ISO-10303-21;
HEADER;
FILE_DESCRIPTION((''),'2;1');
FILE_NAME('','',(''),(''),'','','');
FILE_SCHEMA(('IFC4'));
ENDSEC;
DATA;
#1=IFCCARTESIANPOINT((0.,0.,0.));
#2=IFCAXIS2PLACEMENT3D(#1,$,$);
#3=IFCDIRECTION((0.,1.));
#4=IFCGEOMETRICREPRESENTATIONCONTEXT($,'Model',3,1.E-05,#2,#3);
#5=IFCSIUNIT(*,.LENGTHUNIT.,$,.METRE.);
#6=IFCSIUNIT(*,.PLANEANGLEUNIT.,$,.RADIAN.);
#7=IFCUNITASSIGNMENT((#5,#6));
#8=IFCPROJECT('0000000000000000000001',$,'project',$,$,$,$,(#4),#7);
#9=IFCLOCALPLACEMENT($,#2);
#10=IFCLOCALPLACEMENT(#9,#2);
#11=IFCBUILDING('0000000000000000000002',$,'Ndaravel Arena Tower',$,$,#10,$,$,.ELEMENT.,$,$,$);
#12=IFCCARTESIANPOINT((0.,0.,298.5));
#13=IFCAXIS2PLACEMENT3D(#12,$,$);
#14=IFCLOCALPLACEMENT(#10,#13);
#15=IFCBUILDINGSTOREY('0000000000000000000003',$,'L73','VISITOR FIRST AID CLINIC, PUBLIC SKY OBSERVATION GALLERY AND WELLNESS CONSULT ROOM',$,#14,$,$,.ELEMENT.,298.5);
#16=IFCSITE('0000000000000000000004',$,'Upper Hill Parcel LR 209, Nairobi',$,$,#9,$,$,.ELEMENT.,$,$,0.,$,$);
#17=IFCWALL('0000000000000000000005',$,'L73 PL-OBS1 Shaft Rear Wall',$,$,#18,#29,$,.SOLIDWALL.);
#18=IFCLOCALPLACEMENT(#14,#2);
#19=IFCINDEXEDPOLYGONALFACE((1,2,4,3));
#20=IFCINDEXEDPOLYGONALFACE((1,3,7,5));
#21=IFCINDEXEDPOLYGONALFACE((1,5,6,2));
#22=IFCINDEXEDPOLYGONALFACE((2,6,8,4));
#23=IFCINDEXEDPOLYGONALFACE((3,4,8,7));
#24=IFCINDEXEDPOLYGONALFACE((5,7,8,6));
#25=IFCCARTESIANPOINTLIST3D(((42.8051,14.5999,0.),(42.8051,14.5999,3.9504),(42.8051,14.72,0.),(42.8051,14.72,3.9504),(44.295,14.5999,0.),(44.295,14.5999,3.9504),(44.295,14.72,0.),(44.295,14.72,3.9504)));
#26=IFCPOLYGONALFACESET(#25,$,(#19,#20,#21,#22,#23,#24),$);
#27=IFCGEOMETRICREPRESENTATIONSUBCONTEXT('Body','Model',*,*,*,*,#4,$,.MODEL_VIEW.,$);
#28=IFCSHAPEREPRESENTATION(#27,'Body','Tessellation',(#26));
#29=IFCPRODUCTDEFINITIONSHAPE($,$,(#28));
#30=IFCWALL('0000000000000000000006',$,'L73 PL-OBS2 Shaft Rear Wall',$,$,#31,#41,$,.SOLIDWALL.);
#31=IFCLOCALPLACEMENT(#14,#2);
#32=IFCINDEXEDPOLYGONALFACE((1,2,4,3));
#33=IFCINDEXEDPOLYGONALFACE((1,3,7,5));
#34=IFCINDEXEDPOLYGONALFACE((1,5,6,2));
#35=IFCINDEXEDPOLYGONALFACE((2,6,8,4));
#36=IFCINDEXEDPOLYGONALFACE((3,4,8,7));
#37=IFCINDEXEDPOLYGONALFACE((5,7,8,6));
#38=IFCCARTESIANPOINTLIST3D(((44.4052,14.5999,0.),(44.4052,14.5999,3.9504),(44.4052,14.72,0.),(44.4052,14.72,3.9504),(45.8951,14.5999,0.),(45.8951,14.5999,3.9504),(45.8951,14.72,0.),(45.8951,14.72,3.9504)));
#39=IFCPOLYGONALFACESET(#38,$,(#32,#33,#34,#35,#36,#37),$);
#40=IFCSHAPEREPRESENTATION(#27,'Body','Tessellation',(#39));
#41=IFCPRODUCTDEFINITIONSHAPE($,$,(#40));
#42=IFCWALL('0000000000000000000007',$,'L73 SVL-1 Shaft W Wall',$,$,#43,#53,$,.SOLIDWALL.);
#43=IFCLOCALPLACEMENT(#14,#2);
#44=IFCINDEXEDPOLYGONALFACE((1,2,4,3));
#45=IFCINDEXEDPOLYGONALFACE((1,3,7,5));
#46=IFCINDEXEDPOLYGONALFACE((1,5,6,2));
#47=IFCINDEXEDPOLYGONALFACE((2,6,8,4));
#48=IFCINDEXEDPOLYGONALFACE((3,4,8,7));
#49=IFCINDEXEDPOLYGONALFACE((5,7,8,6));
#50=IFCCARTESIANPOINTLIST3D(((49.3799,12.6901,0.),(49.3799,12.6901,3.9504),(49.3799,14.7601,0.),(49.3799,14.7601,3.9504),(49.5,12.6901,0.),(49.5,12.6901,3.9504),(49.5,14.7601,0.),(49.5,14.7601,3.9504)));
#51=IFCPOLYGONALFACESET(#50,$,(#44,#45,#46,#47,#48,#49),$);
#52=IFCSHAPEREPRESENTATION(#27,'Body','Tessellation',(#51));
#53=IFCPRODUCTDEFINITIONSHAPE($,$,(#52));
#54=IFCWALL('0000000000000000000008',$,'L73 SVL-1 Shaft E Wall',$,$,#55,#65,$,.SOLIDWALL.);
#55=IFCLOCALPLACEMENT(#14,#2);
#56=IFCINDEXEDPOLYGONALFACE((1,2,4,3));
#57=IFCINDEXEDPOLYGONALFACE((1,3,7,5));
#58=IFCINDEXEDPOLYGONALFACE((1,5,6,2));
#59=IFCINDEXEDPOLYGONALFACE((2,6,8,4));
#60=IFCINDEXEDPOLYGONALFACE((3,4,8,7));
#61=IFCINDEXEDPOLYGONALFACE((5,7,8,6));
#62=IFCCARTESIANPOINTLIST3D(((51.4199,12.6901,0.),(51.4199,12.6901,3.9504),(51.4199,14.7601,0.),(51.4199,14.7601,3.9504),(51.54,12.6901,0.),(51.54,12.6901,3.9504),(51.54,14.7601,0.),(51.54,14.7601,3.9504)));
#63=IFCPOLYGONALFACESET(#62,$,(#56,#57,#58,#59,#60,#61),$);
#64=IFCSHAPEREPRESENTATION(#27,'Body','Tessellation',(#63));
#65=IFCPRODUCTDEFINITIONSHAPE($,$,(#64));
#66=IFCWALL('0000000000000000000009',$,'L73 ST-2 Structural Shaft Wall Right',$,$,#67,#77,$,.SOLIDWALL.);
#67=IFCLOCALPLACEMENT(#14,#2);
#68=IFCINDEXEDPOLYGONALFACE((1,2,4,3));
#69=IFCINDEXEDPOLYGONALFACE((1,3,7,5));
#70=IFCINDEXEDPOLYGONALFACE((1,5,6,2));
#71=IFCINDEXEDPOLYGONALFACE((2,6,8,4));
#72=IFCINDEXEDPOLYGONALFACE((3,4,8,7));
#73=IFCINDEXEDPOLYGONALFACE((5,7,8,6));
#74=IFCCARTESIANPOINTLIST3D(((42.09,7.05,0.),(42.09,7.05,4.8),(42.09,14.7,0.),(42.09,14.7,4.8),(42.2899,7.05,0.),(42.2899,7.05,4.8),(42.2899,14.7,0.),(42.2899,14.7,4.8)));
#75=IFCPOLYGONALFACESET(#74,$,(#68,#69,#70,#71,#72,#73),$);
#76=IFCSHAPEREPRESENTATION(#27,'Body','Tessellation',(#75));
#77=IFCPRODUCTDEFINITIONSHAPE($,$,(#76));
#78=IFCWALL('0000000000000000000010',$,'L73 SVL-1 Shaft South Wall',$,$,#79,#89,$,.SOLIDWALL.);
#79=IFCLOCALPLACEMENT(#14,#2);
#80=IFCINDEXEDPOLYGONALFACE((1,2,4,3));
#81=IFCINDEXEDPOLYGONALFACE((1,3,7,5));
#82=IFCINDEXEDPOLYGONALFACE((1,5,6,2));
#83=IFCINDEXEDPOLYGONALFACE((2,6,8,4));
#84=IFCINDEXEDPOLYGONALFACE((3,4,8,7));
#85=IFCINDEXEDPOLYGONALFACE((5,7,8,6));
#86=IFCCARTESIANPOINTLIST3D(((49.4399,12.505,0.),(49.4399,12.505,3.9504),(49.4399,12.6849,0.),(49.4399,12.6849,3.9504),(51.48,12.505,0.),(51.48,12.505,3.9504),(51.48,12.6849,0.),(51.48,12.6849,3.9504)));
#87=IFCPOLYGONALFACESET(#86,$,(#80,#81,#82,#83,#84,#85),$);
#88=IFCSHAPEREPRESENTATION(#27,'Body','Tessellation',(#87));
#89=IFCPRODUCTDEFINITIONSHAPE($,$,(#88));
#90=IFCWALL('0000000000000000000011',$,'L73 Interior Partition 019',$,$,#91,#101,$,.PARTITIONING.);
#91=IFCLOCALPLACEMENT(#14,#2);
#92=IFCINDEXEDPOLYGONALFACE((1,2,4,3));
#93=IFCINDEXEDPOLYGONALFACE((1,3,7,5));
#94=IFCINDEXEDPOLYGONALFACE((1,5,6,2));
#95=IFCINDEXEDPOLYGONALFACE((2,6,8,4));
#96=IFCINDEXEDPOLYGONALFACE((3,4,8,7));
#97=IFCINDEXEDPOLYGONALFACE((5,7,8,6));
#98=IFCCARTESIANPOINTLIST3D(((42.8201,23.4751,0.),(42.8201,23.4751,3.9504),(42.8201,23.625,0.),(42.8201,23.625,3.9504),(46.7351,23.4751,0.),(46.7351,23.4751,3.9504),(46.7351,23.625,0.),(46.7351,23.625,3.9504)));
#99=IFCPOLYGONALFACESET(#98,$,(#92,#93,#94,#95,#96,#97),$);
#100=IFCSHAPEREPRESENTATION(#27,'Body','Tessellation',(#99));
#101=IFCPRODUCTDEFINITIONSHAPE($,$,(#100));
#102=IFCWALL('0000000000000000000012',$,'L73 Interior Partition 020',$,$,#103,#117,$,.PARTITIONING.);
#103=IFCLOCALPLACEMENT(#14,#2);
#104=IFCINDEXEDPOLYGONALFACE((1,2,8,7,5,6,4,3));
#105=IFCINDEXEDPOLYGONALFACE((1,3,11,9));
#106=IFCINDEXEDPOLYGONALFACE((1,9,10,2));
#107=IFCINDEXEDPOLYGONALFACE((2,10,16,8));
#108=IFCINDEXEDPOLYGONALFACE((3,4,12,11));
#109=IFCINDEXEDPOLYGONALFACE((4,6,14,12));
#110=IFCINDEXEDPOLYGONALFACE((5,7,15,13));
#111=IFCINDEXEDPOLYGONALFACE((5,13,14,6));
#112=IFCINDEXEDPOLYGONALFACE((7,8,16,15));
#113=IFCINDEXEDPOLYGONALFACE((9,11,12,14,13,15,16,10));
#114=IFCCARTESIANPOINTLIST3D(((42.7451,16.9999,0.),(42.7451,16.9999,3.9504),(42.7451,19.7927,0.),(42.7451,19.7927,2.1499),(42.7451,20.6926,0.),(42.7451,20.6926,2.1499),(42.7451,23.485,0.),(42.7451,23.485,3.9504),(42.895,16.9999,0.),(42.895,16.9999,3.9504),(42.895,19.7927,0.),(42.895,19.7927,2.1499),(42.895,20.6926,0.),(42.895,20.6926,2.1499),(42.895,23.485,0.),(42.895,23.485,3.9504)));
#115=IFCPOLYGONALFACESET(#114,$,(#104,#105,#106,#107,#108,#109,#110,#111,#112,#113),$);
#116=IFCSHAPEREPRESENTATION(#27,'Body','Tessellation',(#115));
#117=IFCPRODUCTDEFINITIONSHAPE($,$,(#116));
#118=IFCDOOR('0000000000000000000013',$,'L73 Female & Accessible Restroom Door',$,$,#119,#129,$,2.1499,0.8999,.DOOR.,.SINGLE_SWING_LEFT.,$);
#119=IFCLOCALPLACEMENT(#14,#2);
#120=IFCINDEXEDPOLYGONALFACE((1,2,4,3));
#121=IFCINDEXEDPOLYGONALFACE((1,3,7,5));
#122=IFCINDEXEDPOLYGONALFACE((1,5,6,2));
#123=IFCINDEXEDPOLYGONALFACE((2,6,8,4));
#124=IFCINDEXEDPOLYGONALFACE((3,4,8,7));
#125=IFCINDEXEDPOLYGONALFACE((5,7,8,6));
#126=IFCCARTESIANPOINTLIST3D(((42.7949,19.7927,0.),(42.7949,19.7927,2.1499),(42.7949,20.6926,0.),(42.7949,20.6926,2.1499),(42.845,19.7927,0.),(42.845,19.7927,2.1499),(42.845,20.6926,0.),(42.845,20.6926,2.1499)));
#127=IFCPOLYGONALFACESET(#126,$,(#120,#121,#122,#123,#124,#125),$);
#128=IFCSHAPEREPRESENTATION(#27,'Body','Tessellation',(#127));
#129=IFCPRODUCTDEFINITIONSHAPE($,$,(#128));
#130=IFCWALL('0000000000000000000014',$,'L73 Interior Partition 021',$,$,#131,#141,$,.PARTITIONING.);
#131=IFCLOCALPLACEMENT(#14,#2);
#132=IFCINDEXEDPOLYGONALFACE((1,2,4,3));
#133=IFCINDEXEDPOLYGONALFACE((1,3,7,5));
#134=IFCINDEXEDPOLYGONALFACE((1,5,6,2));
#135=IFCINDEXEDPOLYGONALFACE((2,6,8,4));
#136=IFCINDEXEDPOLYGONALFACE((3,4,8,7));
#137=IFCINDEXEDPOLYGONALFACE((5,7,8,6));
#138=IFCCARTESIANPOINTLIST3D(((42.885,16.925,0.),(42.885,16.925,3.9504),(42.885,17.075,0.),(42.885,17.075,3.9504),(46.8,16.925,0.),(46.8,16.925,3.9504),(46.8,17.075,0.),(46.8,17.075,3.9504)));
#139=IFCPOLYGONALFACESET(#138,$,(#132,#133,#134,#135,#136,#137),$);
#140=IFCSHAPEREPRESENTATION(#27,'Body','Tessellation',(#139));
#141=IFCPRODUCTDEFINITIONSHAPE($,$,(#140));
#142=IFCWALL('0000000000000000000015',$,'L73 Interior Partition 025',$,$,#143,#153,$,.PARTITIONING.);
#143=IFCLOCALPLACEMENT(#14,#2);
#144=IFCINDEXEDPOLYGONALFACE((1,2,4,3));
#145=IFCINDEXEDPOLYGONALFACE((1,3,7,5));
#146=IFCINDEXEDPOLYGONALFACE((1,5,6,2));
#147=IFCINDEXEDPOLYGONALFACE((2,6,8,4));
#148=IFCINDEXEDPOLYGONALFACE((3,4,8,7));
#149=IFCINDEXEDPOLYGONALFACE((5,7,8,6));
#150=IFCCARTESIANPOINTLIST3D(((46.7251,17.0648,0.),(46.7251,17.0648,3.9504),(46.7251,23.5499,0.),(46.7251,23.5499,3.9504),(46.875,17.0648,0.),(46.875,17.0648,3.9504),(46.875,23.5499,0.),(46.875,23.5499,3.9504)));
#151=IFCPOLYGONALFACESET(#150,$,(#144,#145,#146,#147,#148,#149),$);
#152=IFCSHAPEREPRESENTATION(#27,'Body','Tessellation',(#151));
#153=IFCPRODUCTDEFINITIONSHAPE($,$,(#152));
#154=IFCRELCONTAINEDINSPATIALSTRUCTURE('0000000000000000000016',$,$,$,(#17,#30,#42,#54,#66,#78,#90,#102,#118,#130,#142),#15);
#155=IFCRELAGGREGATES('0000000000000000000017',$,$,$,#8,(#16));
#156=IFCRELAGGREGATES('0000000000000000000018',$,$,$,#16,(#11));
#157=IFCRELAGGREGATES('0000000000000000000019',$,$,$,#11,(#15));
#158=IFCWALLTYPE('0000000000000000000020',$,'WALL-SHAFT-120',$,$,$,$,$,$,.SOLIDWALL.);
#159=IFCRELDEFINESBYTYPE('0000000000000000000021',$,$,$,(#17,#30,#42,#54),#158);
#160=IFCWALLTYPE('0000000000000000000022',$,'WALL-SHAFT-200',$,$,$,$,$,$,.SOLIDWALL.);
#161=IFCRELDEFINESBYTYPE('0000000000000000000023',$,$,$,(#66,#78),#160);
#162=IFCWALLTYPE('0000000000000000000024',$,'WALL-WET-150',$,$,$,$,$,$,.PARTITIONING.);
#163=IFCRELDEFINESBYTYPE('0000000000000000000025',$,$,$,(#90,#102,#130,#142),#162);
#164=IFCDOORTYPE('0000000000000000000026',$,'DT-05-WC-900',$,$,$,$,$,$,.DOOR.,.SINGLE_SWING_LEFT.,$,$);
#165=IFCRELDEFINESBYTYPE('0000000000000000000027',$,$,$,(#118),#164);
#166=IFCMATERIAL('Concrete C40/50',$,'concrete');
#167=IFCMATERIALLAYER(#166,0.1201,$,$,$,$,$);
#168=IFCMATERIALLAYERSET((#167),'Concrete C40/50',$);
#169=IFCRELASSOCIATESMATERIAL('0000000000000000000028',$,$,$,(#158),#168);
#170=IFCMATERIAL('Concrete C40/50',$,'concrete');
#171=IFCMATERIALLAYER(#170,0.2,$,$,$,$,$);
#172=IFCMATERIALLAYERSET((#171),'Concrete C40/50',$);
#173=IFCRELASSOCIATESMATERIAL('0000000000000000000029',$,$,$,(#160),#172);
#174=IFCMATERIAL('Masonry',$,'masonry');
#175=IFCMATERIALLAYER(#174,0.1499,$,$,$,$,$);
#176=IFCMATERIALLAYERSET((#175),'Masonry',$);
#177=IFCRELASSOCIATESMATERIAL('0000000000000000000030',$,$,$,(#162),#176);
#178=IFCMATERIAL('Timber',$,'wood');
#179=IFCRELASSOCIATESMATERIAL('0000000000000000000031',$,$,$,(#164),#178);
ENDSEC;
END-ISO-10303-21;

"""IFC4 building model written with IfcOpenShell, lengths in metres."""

from ifc_helpers import new_model, si_unit, direction, frame, frame_2d, origin, place, context, subcontext, project, spatial, rectangle, extrude, material, layer, layer_set, type_object, element, fill, save


model = new_model("IFC4")

# Units and contexts
model_context = context("Model", 3, precision=1e-05, world=origin(), true_north=direction((0.0, 1.0)))
body_context = subcontext(model_context, "Body", "Model", "MODEL_VIEW")
ifc_project = project(units=[si_unit("LENGTHUNIT", "METRE"), si_unit("PLANEANGLEUNIT", "RADIAN")], contexts=[model_context])

# Site, building, storey
site_placement = place(None, origin())
site = spatial("IfcSite", under=ifc_project, at=site_placement, Name="Upper Hill Parcel LR 209, Nairobi", CompositionType="ELEMENT", RefElevation=0.0)
building_placement = place(site_placement, origin())
building = spatial("IfcBuilding", under=site, at=building_placement, Name="Ndaravel Arena Tower", CompositionType="ELEMENT")
storey_placement = place(building_placement, frame((0.0, 0.0, 298.5)))
storey = spatial("IfcBuildingStorey", under=building, at=storey_placement, Name="L73", Description="VISITOR FIRST AID CLINIC, PUBLIC SKY OBSERVATION GALLERY AND WELLNESS CONSULT ROOM", CompositionType="ELEMENT", Elevation=298.5)

# Walls
ifc_material_1 = material(Name="Concrete C40/50", Category="concrete")
ifc_layer_1 = layer(ifc_material_1, 0.1201)
ifc_layer_set_1 = layer_set([ifc_layer_1], Name="Concrete C40/50")
wall_type_1 = type_object("IfcWallType", Name="WALL-SHAFT-120", PredefinedType="SOLIDWALL", material=ifc_layer_set_1)
for number, where, z_axis, x_axis, name in (
    (1, (42.8049, 14.6599, 0.0), (0.0, 0.0, 1.0), (1.0, 0.0, 0.0), "L73 PL-OBS1 Shaft Rear Wall"),
    (2, (44.405, 14.6599, 0.0), (0.0, 0.0, 1.0), (1.0, 0.0, 0.0), "L73 PL-OBS2 Shaft Rear Wall"),
):
    element("IfcWall", number, at=place(storey_placement, frame(where, z_axis=z_axis, x_axis=x_axis)), inside=storey, type_object=wall_type_1, Name=name, PredefinedType="SOLIDWALL", context=body_context, shape_type="SweptSolid", body=[
        extrude(rectangle(XDim=1.49, YDim=0.1201, at=frame_2d((0.7451, 0.0))), origin(), (0.0, 0.0, 1.0), 3.9504),
    ])
for number, where, z_axis, x_axis, name in (
    (3, (49.4399, 12.6899, 0.0), (0.0, 0.0, 1.0), (0.0, 1.0, 0.0), "L73 SVL-1 Shaft W Wall"),
    (4, (51.48, 12.6899, 0.0), (0.0, 0.0, 1.0), (0.0, 1.0, 0.0), "L73 SVL-1 Shaft E Wall"),
):
    element("IfcWall", number, at=place(storey_placement, frame(where, z_axis=z_axis, x_axis=x_axis)), inside=storey, type_object=wall_type_1, Name=name, PredefinedType="SOLIDWALL", context=body_context, shape_type="SweptSolid", body=[
        extrude(rectangle(XDim=2.0701, YDim=0.1201, at=frame_2d((1.0352, 0.0))), origin(), (0.0, 0.0, 1.0), 3.9504),
    ])
ifc_material_2 = material(Name="Concrete C40/50", Category="concrete")
ifc_layer_2 = layer(ifc_material_2, 0.2)
ifc_layer_set_2 = layer_set([ifc_layer_2], Name="Concrete C40/50")
wall_type_2 = type_object("IfcWallType", Name="WALL-SHAFT-200", PredefinedType="SOLIDWALL", material=ifc_layer_set_2)
wall_1_placement = place(storey_placement, frame((42.1899, 14.7, 0.0), z_axis=(0.0, 0.0, 1.0), x_axis=(0.0, -1.0, 0.0)))
element("IfcWall", 5, at=wall_1_placement, inside=storey, type_object=wall_type_2, Name="L73 ST-2 Structural Shaft Wall Right", PredefinedType="SOLIDWALL", context=body_context, shape_type="SweptSolid", body=[
    extrude(rectangle(XDim=7.6499, YDim=0.2, at=frame_2d((3.825, 0.0))), origin(), (0.0, 0.0, 1.0), 4.8),
])
wall_2_placement = place(storey_placement, frame((49.4399, 12.595, 0.0), z_axis=(0.0, 0.0, 1.0), x_axis=(1.0, 0.0, 0.0)))
element("IfcWall", 6, at=wall_2_placement, inside=storey, type_object=wall_type_2, Name="L73 SVL-1 Shaft South Wall", PredefinedType="SOLIDWALL", context=body_context, shape_type="SweptSolid", body=[
    extrude(rectangle(XDim=2.04, YDim=0.1799, at=frame_2d((1.02, 0.0))), origin(), (0.0, 0.0, 1.0), 3.9504),
])
ifc_material_3 = material(Name="Masonry", Category="masonry")
ifc_layer_3 = layer(ifc_material_3, 0.1499)
ifc_layer_set_3 = layer_set([ifc_layer_3], Name="Masonry")
wall_type_3 = type_object("IfcWallType", Name="WALL-WET-150", PredefinedType="PARTITIONING", material=ifc_layer_set_3)
wall_3_placement = place(storey_placement, frame((46.7351, 23.55, 0.0), z_axis=(0.0, 0.0, 1.0), x_axis=(-1.0, 0.0, 0.0)))
element("IfcWall", 7, at=wall_3_placement, inside=storey, type_object=wall_type_3, Name="L73 Interior Partition 019", PredefinedType="PARTITIONING", context=body_context, shape_type="SweptSolid", body=[
    extrude(rectangle(XDim=3.915, YDim=0.1499, at=frame_2d((1.9575, 0.0))), origin(), (0.0, 0.0, 1.0), 3.9504),
])

# Wall, opening, door
wall_4_placement = place(storey_placement, frame((42.8201, 23.4851, 0.0), z_axis=(0.0, 0.0, 1.0), x_axis=(0.0, -1.0, 0.0)))
wall_4 = element("IfcWall", 8, at=wall_4_placement, inside=storey, type_object=wall_type_3, Name="L73 Interior Partition 020", PredefinedType="PARTITIONING", context=body_context, shape_type="SweptSolid", body=[
    extrude(rectangle(XDim=6.4851, YDim=0.1499, at=frame_2d((3.2427, 0.0))), origin(), (0.0, 0.0, 1.0), 3.9504),
])
opening_1_placement = place(wall_4_placement, frame((2.7925, 0.0, 0.0)))
opening_1 = element("IfcOpeningElement", 9, at=opening_1_placement, cuts=wall_4, PredefinedType="OPENING", context=body_context, shape_type="SweptSolid", body=[
    extrude(rectangle(XDim=0.8999, YDim=2.1499, at=frame_2d((0.45, 1.075))), frame((0.0, 0.075, 0.0), z_axis=(0.0, -1.0, 0.0), x_axis=(1.0, 0.0, 0.0)), (0.0, 0.0, 1.0), 0.1499),
])
ifc_material_4 = material(Name="Timber", Category="wood")
door_type_1 = type_object("IfcDoorType", Name="DT-05-WC-900", OperationType="SINGLE_SWING_LEFT", PredefinedType="DOOR", material=ifc_material_4)
door_1_placement = place(opening_1_placement, origin())
door_1 = element("IfcDoor", 10, at=door_1_placement, inside=storey, type_object=door_type_1, Name="L73 Female & Accessible Restroom Door", OperationType="SINGLE_SWING_LEFT", OverallHeight=2.1499, OverallWidth=0.8999, PredefinedType="DOOR", context=body_context, shape_type="SweptSolid", body=[
    extrude(rectangle(XDim=0.8999, YDim=2.1499, at=frame_2d((0.45, 1.075))), frame((0.0, 0.0249, 0.0), z_axis=(0.0, -1.0, 0.0), x_axis=(1.0, 0.0, 0.0)), (0.0, 0.0, 1.0), 0.05),
])
fill(opening_1, door_1)

# Walls
wall_5_placement = place(storey_placement, frame((42.885, 17.0, 0.0), z_axis=(0.0, 0.0, 1.0), x_axis=(1.0, 0.0, 0.0)))
element("IfcWall", 11, at=wall_5_placement, inside=storey, type_object=wall_type_3, Name="L73 Interior Partition 021", PredefinedType="PARTITIONING", context=body_context, shape_type="SweptSolid", body=[
    extrude(rectangle(XDim=3.915, YDim=0.1499, at=frame_2d((1.9575, 0.0))), origin(), (0.0, 0.0, 1.0), 3.9504),
])
wall_6_placement = place(storey_placement, frame((46.8, 23.55, 0.0), z_axis=(0.0, 0.0, 1.0), x_axis=(0.0, -1.0, 0.0)))
element("IfcWall", 12, at=wall_6_placement, inside=storey, type_object=wall_type_3, Name="L73 Interior Partition 025", PredefinedType="PARTITIONING", context=body_context, shape_type="SweptSolid", body=[
    extrude(rectangle(XDim=6.4851, YDim=0.1499, at=frame_2d((3.2427, 0.0))), origin(), (0.0, 0.0, 1.0), 3.9504),
])

save(model, "model.ifc")
